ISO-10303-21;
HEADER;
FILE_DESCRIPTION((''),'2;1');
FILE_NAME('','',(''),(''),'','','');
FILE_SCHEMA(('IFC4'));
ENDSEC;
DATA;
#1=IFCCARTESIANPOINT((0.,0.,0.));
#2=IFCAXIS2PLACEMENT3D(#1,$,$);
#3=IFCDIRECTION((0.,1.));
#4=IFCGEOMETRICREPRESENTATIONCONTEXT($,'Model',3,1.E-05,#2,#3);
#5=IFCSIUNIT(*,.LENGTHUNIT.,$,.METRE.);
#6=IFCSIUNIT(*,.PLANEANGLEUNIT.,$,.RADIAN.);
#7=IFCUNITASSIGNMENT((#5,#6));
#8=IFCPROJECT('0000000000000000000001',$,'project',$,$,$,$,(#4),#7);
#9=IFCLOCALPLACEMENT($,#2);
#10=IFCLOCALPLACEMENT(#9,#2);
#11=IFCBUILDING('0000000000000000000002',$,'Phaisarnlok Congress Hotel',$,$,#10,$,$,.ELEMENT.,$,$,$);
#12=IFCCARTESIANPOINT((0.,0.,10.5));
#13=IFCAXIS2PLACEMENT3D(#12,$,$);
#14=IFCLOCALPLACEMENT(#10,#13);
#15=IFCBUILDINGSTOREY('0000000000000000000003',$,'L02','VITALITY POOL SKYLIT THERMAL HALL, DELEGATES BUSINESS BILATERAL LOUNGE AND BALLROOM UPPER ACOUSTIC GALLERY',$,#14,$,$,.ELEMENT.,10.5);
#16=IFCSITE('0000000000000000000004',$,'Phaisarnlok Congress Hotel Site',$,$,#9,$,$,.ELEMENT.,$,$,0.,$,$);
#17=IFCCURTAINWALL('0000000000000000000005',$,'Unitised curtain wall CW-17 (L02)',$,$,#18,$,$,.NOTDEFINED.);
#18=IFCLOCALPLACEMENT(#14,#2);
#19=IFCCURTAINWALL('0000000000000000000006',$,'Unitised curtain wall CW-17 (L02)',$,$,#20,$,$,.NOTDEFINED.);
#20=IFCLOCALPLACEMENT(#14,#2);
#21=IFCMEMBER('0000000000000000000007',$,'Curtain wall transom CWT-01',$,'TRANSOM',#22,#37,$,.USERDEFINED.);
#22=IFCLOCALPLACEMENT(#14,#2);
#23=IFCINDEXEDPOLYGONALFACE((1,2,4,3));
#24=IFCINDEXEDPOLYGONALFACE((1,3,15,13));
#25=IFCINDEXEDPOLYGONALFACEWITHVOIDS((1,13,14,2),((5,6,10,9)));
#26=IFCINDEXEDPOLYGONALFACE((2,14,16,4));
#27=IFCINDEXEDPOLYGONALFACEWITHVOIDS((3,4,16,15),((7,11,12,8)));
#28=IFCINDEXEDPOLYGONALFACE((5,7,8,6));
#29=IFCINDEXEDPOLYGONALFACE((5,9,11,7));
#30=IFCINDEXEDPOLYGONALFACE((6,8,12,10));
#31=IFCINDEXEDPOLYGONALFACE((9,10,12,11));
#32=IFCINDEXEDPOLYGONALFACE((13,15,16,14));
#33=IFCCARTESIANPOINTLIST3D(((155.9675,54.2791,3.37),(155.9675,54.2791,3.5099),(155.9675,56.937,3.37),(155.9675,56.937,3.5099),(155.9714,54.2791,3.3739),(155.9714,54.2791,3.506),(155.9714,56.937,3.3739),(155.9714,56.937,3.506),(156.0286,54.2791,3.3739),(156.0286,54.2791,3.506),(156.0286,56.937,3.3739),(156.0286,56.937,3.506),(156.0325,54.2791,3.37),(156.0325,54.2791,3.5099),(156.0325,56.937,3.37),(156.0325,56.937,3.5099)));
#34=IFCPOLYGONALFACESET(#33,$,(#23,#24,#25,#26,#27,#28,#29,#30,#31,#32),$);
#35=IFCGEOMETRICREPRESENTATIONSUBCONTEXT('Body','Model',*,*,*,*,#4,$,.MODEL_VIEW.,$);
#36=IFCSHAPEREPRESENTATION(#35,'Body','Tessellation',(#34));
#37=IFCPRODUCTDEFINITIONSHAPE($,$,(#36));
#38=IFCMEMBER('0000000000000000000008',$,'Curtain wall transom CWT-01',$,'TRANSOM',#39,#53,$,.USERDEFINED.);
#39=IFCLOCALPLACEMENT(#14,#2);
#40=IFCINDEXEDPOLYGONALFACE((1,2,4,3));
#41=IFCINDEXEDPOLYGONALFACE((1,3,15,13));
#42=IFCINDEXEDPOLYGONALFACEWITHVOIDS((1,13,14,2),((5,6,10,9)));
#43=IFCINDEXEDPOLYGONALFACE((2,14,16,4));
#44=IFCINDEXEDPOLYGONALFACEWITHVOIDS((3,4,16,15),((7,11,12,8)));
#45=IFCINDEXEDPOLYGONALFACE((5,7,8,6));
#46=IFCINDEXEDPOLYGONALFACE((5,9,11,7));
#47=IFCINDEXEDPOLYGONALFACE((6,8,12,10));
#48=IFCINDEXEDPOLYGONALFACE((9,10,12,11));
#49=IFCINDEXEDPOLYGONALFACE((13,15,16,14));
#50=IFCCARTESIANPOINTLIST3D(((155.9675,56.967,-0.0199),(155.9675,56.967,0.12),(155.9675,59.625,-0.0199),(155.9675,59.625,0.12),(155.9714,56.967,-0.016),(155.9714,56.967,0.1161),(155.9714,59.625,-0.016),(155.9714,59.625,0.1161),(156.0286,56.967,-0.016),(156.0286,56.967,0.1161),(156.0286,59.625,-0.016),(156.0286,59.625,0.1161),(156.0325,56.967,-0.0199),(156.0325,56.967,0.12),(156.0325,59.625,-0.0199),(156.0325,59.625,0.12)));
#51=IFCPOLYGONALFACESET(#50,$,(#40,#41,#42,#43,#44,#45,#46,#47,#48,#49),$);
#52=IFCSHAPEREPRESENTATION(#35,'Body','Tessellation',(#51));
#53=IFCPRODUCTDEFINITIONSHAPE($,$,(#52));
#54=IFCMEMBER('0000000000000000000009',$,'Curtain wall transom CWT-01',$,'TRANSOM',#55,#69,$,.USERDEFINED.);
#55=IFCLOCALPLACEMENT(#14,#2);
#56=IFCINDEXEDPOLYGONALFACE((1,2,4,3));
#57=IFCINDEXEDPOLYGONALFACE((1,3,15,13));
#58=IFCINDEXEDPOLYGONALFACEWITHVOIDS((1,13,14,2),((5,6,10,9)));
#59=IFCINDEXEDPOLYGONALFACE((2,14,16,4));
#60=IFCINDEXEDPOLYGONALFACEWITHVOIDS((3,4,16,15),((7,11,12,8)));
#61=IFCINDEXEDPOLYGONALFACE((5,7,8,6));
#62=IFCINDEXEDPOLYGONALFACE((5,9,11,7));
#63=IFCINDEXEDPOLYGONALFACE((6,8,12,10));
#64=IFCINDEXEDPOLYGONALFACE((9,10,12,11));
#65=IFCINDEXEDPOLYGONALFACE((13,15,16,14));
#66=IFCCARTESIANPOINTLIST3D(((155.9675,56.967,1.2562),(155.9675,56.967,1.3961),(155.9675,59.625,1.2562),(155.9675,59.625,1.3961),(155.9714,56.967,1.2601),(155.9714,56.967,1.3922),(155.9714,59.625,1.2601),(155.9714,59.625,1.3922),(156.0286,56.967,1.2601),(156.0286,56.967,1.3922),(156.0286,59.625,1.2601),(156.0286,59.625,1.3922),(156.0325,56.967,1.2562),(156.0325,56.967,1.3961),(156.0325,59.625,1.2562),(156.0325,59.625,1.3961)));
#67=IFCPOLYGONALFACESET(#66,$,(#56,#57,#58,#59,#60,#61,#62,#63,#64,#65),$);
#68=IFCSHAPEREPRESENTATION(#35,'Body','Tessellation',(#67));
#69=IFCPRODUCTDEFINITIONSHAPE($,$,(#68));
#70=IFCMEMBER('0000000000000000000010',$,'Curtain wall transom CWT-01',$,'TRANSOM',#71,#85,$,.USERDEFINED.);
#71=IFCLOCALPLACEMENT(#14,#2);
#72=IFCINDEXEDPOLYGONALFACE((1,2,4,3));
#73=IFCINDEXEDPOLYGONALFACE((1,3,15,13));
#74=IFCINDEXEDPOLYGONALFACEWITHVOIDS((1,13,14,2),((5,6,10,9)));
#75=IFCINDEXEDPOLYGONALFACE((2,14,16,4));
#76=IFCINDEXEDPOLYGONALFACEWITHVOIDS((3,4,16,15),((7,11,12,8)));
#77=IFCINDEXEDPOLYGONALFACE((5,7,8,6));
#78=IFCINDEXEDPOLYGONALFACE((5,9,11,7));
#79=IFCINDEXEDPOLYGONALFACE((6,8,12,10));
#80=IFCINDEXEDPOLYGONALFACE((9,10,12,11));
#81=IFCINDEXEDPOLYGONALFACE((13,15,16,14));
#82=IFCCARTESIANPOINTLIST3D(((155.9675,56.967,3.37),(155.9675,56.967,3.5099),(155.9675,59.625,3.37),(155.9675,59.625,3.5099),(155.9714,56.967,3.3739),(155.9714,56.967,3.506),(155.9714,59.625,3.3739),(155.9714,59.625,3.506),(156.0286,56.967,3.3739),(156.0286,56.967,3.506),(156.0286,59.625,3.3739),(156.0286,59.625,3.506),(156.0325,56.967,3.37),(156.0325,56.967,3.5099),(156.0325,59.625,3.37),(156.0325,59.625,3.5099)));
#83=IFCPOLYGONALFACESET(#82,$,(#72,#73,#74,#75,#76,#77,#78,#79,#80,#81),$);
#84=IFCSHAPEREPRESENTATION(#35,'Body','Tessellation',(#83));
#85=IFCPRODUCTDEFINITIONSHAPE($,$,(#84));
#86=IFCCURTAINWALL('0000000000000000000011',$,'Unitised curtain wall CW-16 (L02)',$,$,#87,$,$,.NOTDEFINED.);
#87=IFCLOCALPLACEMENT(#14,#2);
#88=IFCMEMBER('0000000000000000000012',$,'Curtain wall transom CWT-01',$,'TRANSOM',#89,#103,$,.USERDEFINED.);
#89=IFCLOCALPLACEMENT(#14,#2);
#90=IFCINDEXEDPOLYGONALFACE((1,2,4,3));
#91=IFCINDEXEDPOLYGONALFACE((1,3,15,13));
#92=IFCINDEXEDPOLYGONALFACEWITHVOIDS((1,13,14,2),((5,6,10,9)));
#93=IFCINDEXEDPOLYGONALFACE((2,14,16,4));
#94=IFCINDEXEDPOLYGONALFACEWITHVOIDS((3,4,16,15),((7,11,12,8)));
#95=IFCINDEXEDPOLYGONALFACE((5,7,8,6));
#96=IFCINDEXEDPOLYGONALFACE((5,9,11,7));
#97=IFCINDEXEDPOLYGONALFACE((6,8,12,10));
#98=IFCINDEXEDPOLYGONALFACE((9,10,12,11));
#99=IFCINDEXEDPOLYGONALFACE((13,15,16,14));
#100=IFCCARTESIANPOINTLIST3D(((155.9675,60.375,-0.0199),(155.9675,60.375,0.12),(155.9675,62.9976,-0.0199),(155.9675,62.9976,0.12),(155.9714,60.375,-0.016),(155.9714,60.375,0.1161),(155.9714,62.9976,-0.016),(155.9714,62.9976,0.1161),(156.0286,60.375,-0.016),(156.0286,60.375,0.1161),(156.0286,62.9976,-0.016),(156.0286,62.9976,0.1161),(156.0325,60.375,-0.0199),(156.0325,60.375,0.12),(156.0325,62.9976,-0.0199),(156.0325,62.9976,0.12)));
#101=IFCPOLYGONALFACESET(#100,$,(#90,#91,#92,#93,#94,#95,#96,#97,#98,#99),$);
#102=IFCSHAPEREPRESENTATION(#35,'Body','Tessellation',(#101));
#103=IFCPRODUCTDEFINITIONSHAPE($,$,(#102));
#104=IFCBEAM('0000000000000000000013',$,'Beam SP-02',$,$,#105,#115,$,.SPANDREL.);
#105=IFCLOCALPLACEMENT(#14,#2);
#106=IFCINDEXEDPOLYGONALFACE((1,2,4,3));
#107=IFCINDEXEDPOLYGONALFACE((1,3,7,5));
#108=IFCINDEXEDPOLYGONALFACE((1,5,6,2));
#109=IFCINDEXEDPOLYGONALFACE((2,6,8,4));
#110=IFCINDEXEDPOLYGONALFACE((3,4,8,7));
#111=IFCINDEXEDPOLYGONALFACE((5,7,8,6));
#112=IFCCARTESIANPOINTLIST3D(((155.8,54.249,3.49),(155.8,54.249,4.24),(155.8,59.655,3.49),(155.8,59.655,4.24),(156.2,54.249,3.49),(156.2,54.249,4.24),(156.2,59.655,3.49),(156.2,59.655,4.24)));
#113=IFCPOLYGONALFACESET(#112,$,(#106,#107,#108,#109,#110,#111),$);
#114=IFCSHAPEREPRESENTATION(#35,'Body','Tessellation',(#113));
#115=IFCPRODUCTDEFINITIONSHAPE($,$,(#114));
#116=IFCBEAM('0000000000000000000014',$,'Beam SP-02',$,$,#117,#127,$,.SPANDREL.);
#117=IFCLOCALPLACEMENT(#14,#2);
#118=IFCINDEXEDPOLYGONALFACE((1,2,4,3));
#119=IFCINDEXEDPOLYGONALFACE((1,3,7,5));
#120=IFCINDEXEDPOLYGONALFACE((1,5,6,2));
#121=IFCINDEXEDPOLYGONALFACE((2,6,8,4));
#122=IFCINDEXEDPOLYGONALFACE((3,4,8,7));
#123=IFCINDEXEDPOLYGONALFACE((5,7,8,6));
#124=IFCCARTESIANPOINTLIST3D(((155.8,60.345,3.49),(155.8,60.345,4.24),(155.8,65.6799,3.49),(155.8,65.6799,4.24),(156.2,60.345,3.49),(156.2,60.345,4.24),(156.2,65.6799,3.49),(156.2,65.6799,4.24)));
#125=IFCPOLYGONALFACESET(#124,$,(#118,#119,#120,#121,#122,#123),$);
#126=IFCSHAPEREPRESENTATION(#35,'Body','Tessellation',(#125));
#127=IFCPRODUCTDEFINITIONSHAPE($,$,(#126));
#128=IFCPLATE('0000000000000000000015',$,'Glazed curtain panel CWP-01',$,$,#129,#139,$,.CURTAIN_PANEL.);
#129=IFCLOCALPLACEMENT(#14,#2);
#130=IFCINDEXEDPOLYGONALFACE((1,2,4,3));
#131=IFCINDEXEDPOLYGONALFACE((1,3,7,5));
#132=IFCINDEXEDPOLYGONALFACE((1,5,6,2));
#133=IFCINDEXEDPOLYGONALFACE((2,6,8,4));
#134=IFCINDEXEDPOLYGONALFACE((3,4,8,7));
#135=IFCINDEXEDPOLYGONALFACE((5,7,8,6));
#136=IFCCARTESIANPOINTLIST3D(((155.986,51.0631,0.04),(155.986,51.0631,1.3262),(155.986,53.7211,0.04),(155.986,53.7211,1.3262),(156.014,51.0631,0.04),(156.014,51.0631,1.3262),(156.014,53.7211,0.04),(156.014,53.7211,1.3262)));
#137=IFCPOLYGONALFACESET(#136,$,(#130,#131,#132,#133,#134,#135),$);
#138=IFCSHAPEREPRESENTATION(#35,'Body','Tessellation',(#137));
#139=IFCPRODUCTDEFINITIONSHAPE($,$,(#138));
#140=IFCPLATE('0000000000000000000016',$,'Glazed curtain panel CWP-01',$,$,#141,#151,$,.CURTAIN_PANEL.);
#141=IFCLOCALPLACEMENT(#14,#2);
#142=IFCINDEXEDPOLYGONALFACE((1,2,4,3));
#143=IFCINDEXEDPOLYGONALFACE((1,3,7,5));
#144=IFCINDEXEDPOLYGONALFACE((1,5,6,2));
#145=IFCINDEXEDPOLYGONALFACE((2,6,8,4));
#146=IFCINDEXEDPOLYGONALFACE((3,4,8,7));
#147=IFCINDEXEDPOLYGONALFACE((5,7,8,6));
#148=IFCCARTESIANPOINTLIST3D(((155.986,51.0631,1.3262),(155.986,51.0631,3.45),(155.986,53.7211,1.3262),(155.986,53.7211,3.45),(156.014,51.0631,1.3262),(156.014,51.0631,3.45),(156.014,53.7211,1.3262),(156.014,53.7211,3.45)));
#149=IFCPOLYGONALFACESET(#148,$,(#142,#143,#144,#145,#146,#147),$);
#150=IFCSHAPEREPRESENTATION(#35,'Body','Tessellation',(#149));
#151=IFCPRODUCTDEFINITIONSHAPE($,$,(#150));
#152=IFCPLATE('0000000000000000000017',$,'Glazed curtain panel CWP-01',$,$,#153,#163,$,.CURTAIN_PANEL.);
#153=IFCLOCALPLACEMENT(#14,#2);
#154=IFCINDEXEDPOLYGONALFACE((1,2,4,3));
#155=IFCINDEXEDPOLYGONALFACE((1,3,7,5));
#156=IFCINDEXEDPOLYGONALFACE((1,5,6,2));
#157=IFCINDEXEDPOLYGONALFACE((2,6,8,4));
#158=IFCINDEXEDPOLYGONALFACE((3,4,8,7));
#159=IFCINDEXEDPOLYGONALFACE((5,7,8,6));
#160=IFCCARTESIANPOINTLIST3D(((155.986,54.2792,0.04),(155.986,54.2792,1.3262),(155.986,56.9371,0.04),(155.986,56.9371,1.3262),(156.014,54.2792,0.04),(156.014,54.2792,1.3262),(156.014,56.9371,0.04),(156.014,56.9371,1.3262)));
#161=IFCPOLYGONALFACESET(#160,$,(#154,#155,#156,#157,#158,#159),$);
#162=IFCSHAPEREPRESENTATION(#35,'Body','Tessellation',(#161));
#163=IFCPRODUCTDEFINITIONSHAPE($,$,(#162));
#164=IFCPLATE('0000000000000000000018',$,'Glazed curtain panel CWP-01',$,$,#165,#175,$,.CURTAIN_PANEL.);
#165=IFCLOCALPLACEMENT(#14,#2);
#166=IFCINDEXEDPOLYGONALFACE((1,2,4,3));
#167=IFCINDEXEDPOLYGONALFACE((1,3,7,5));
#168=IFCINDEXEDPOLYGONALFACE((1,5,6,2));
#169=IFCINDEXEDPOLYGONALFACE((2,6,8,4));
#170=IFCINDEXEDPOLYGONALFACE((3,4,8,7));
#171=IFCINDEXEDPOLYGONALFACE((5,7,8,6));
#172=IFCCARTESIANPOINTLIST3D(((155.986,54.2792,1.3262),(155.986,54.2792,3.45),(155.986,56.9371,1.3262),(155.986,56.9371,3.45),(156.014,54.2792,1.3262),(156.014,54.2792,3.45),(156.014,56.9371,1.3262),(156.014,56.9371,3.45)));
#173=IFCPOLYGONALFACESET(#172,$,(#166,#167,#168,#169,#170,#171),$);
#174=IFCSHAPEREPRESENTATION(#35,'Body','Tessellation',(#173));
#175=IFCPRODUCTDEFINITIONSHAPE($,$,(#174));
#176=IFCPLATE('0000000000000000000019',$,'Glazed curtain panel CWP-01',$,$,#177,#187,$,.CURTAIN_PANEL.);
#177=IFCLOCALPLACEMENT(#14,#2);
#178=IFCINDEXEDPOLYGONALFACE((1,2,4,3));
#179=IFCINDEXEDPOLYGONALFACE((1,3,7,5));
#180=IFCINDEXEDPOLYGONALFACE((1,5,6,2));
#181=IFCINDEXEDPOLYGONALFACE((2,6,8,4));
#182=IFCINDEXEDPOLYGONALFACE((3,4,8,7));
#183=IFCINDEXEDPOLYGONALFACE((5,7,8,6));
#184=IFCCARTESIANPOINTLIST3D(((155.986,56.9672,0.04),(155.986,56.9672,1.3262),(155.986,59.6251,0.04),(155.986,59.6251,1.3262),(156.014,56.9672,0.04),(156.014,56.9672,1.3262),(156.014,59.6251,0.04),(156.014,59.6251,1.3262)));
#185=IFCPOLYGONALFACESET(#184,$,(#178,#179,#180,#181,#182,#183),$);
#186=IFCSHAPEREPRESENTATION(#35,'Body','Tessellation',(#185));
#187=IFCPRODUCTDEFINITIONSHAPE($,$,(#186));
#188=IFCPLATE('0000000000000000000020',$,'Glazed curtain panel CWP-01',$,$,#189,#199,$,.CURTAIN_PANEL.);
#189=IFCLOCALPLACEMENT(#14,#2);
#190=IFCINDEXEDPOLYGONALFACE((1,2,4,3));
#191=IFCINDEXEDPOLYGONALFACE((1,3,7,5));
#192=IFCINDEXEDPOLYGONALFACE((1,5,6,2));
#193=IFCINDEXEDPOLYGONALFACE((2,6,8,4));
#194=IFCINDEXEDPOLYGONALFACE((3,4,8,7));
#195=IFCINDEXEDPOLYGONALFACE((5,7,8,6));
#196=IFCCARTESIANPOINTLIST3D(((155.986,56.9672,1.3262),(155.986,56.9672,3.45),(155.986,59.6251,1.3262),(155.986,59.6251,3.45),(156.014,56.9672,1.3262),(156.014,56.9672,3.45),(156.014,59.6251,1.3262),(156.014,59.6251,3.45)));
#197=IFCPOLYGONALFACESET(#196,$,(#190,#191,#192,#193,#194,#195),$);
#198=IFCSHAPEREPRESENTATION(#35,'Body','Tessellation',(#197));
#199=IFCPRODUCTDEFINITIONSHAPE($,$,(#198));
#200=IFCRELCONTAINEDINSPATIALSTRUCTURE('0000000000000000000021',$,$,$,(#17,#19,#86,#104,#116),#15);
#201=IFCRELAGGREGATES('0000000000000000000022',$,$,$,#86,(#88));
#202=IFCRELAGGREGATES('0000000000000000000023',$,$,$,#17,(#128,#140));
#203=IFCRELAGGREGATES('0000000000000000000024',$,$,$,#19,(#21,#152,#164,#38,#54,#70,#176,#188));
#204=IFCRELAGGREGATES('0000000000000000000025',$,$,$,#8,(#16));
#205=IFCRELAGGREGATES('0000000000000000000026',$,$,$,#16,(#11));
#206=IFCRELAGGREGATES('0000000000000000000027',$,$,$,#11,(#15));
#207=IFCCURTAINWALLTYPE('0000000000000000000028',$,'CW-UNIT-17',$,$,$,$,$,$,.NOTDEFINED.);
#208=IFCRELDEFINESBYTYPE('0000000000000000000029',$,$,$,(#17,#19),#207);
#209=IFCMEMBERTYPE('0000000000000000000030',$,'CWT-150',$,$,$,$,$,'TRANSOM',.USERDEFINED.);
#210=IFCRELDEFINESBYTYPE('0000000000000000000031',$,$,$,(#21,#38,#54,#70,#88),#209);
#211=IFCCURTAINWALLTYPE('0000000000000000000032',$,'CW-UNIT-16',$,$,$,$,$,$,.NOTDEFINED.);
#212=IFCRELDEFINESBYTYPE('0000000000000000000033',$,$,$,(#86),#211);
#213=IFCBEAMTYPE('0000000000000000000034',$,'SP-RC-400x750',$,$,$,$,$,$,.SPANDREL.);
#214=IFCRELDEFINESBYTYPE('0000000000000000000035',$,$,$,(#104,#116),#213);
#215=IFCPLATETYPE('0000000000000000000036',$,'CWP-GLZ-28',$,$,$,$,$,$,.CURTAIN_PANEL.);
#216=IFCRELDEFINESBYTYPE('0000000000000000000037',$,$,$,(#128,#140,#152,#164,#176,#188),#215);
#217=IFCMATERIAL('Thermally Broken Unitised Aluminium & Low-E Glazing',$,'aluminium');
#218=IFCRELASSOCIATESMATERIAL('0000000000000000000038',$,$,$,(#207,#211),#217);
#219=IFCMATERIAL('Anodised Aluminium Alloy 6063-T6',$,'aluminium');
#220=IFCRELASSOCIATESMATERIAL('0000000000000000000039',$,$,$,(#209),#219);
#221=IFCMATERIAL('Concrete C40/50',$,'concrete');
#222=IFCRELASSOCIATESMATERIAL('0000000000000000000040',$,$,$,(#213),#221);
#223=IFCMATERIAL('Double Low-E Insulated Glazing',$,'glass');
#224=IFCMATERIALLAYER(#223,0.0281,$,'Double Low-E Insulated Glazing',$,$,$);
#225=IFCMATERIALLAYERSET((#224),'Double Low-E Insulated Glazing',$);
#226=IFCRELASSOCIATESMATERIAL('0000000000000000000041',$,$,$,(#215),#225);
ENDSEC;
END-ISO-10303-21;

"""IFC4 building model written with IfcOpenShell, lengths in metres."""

from ifc_helpers import new_model, si_unit, direction, frame, frame_2d, origin, origin_2d, place, context, subcontext, project, spatial, rectangle, hollow_rectangle, extrude, material, layer, layer_set, material_profile, profile_set, type_object, element, aggregate, save


model = new_model("IFC4")

# Units and contexts
model_context = context("Model", 3, precision=1e-05, world=origin(), true_north=direction((0.0, 1.0)))
body_context = subcontext(model_context, "Body", "Model", "MODEL_VIEW")
ifc_project = project(units=[si_unit("LENGTHUNIT", "METRE"), si_unit("PLANEANGLEUNIT", "RADIAN")], contexts=[model_context])

# Site, building, storey
site_placement = place(None, origin())
site = spatial("IfcSite", under=ifc_project, at=site_placement, Name="Phaisarnlok Congress Hotel Site", CompositionType="ELEMENT", RefElevation=0.0)
building_placement = place(site_placement, origin())
building = spatial("IfcBuilding", under=site, at=building_placement, Name="Phaisarnlok Congress Hotel", CompositionType="ELEMENT")
storey_placement = place(building_placement, frame((0.0, 0.0, 10.5)))
storey = spatial("IfcBuildingStorey", under=building, at=storey_placement, Name="L02", Description="VITALITY POOL SKYLIT THERMAL HALL, DELEGATES BUSINESS BILATERAL LOUNGE AND BALLROOM UPPER ACOUSTIC GALLERY", CompositionType="ELEMENT", Elevation=10.5)

# Curtain wall
ifc_material_1 = material(Name="Thermally Broken Unitised Aluminium & Low-E Glazing", Category="aluminium")
curtain_wall_type_1 = type_object("IfcCurtainWallType", Name="CW-UNIT-17", PredefinedType="NOTDEFINED", material=ifc_material_1)
curtain_wall_1_placement = place(storey_placement, origin())
curtain_wall_1 = element("IfcCurtainWall", 1, at=curtain_wall_1_placement, inside=storey, type_object=curtain_wall_type_1, Name="Unitised curtain wall CW-17 (L02)", PredefinedType="NOTDEFINED")
ifc_material_2 = material(Name="Anodised Aluminium Alloy 6063-T6", Category="aluminium")

# Curtain wall, members
curtain_wall_2_placement = place(storey_placement, origin())
curtain_wall_2 = element("IfcCurtainWall", 2, at=curtain_wall_2_placement, inside=storey, type_object=curtain_wall_type_1, Name="Unitised curtain wall CW-17 (L02)", PredefinedType="NOTDEFINED")
ifc_material_profile_1 = material_profile(ifc_material_2, hollow_rectangle(XDim=0.0649, YDim=0.1399, WallThickness=0.0039, at=origin_2d()), Name="ALU-T 65x140x4")
ifc_profile_set_1 = profile_set([ifc_material_profile_1], Name="Anodised Aluminium Alloy 6063-T6")
member_type_1 = type_object("IfcMemberType", Name="CWT-150", ElementType="TRANSOM", PredefinedType="USERDEFINED", material=ifc_profile_set_1)
member_1_placement = place(storey_placement, frame((156.0, 54.2791, 3.4399), z_axis=(0.0, 1.0, 0.0), x_axis=(-1.0, 0.0, 0.0)))
member_1 = element("IfcMember", 3, at=member_1_placement, type_object=member_type_1, Name="Curtain wall transom CWT-01", ObjectType="TRANSOM", PredefinedType="USERDEFINED", context=body_context, shape_type="SweptSolid", body=[
    extrude(hollow_rectangle(XDim=0.0649, YDim=0.1399, WallThickness=0.0039, at=origin_2d()), origin(), (0.0, 0.0, 1.0), 2.658),
])
member_2_placement = place(storey_placement, frame((156.0, 56.967, 0.05), z_axis=(0.0, 1.0, 0.0), x_axis=(-1.0, 0.0, 0.0)))
member_2 = element("IfcMember", 4, at=member_2_placement, type_object=member_type_1, Name="Curtain wall transom CWT-01", ObjectType="TRANSOM", PredefinedType="USERDEFINED", context=body_context, shape_type="SweptSolid", body=[
    extrude(hollow_rectangle(XDim=0.0649, YDim=0.1399, WallThickness=0.0039, at=origin_2d()), origin(), (0.0, 0.0, 1.0), 2.658),
])
member_3_placement = place(storey_placement, frame((156.0, 56.967, 1.3262), z_axis=(0.0, 1.0, 0.0), x_axis=(-1.0, 0.0, 0.0)))
member_3 = element("IfcMember", 5, at=member_3_placement, type_object=member_type_1, Name="Curtain wall transom CWT-01", ObjectType="TRANSOM", PredefinedType="USERDEFINED", context=body_context, shape_type="SweptSolid", body=[
    extrude(hollow_rectangle(XDim=0.0649, YDim=0.1399, WallThickness=0.0039, at=origin_2d()), origin(), (0.0, 0.0, 1.0), 2.658),
])
member_4_placement = place(storey_placement, frame((156.0, 56.967, 3.4399), z_axis=(0.0, 1.0, 0.0), x_axis=(-1.0, 0.0, 0.0)))
member_4 = element("IfcMember", 6, at=member_4_placement, type_object=member_type_1, Name="Curtain wall transom CWT-01", ObjectType="TRANSOM", PredefinedType="USERDEFINED", context=body_context, shape_type="SweptSolid", body=[
    extrude(hollow_rectangle(XDim=0.0649, YDim=0.1399, WallThickness=0.0039, at=origin_2d()), origin(), (0.0, 0.0, 1.0), 2.658),
])

# Curtain wall, member
curtain_wall_type_2 = type_object("IfcCurtainWallType", Name="CW-UNIT-16", PredefinedType="NOTDEFINED", material=ifc_material_1)
curtain_wall_3_placement = place(storey_placement, origin())
curtain_wall_3 = element("IfcCurtainWall", 7, at=curtain_wall_3_placement, inside=storey, type_object=curtain_wall_type_2, Name="Unitised curtain wall CW-16 (L02)", PredefinedType="NOTDEFINED")
member_5_placement = place(storey_placement, frame((156.0, 60.375, 0.05), z_axis=(0.0, 1.0, 0.0), x_axis=(-1.0, 0.0, 0.0)))
member_5 = element("IfcMember", 8, at=member_5_placement, type_object=member_type_1, Name="Curtain wall transom CWT-01", ObjectType="TRANSOM", PredefinedType="USERDEFINED", context=body_context, shape_type="SweptSolid", body=[
    extrude(hollow_rectangle(XDim=0.0649, YDim=0.1399, WallThickness=0.0039, at=origin_2d()), origin(), (0.0, 0.0, 1.0), 2.6226),
])
aggregate(curtain_wall_3, [member_5])

# Beams
ifc_material_3 = material(Name="Concrete C40/50", Category="concrete")
ifc_material_profile_2 = material_profile(ifc_material_3, rectangle(XDim=0.3999, YDim=0.75, at=origin_2d()), Name="RC 400x750")
ifc_profile_set_2 = profile_set([ifc_material_profile_2], Name="Concrete C40/50")
beam_type = type_object("IfcBeamType", Name="SP-RC-400x750", PredefinedType="SPANDREL", material=ifc_profile_set_2)
beam_1_placement = place(storey_placement, frame((156.0, 54.249, 3.865), z_axis=(0.0, 1.0, 0.0), x_axis=(-1.0, 0.0, 0.0)))
element("IfcBeam", 9, at=beam_1_placement, inside=storey, type_object=beam_type, Name="Beam SP-02", PredefinedType="SPANDREL", context=body_context, shape_type="SweptSolid", body=[
    extrude(rectangle(XDim=0.3999, YDim=0.75, at=origin_2d()), origin(), (0.0, 0.0, 1.0), 5.406),
])
beam_2_placement = place(storey_placement, frame((156.0, 60.345, 3.865), z_axis=(0.0, 1.0, 0.0), x_axis=(-1.0, 0.0, 0.0)))
element("IfcBeam", 10, at=beam_2_placement, inside=storey, type_object=beam_type, Name="Beam SP-02", PredefinedType="SPANDREL", context=body_context, shape_type="SweptSolid", body=[
    extrude(rectangle(XDim=0.3999, YDim=0.75, at=origin_2d()), origin(), (0.0, 0.0, 1.0), 5.335),
])

# Plates
ifc_material_4 = material(Name="Double Low-E Insulated Glazing", Category="glass")
ifc_layer_1 = layer(ifc_material_4, 0.0281, Name="Double Low-E Insulated Glazing")
ifc_layer_set_1 = layer_set([ifc_layer_1], Name="Double Low-E Insulated Glazing")
plate_type_1 = type_object("IfcPlateType", Name="CWP-GLZ-28", PredefinedType="CURTAIN_PANEL", material=ifc_layer_set_1)
plate_1_placement = place(storey_placement, frame((156.0, 51.063, 0.04), z_axis=(0.0, 0.0, 1.0), x_axis=(0.0, 1.0, 0.0)))
plate_1 = element("IfcPlate", 11, at=plate_1_placement, type_object=plate_type_1, Name="Glazed curtain panel CWP-01", PredefinedType="CURTAIN_PANEL", context=body_context, shape_type="SweptSolid", body=[
    extrude(rectangle(XDim=2.658, YDim=0.0281, at=frame_2d((1.3291, 0.0))), origin(), (0.0, 0.0, 1.0), 1.2861),
])
plate_2_placement = place(storey_placement, frame((156.0, 51.063, 1.3262), z_axis=(0.0, 0.0, 1.0), x_axis=(0.0, 1.0, 0.0)))
plate_2 = element("IfcPlate", 12, at=plate_2_placement, type_object=plate_type_1, Name="Glazed curtain panel CWP-01", PredefinedType="CURTAIN_PANEL", context=body_context, shape_type="SweptSolid", body=[
    extrude(rectangle(XDim=2.658, YDim=0.0281, at=frame_2d((1.3291, 0.0))), origin(), (0.0, 0.0, 1.0), 2.1238),
])
aggregate(curtain_wall_1, [plate_1, plate_2])
plate_3_placement = place(storey_placement, frame((156.0, 54.2791, 0.04), z_axis=(0.0, 0.0, 1.0), x_axis=(0.0, 1.0, 0.0)))
plate_3 = element("IfcPlate", 13, at=plate_3_placement, type_object=plate_type_1, Name="Glazed curtain panel CWP-01", PredefinedType="CURTAIN_PANEL", context=body_context, shape_type="SweptSolid", body=[
    extrude(rectangle(XDim=2.658, YDim=0.0281, at=frame_2d((1.3291, 0.0))), origin(), (0.0, 0.0, 1.0), 1.2861),
])
plate_4_placement = place(storey_placement, frame((156.0, 54.2791, 1.3262), z_axis=(0.0, 0.0, 1.0), x_axis=(0.0, 1.0, 0.0)))
plate_4 = element("IfcPlate", 14, at=plate_4_placement, type_object=plate_type_1, Name="Glazed curtain panel CWP-01", PredefinedType="CURTAIN_PANEL", context=body_context, shape_type="SweptSolid", body=[
    extrude(rectangle(XDim=2.658, YDim=0.0281, at=frame_2d((1.3291, 0.0))), origin(), (0.0, 0.0, 1.0), 2.1238),
])
plate_5_placement = place(storey_placement, frame((156.0, 56.967, 0.04), z_axis=(0.0, 0.0, 1.0), x_axis=(0.0, 1.0, 0.0)))
plate_5 = element("IfcPlate", 15, at=plate_5_placement, type_object=plate_type_1, Name="Glazed curtain panel CWP-01", PredefinedType="CURTAIN_PANEL", context=body_context, shape_type="SweptSolid", body=[
    extrude(rectangle(XDim=2.658, YDim=0.0281, at=frame_2d((1.3291, 0.0))), origin(), (0.0, 0.0, 1.0), 1.2861),
])
plate_6_placement = place(storey_placement, frame((156.0, 56.967, 1.3262), z_axis=(0.0, 0.0, 1.0), x_axis=(0.0, 1.0, 0.0)))
plate_6 = element("IfcPlate", 16, at=plate_6_placement, type_object=plate_type_1, Name="Glazed curtain panel CWP-01", PredefinedType="CURTAIN_PANEL", context=body_context, shape_type="SweptSolid", body=[
    extrude(rectangle(XDim=2.658, YDim=0.0281, at=frame_2d((1.3291, 0.0))), origin(), (0.0, 0.0, 1.0), 2.1238),
])
aggregate(curtain_wall_2, [member_1, plate_3, plate_4, member_2, member_3, member_4, plate_5, plate_6])

save(model, "model.ifc")
